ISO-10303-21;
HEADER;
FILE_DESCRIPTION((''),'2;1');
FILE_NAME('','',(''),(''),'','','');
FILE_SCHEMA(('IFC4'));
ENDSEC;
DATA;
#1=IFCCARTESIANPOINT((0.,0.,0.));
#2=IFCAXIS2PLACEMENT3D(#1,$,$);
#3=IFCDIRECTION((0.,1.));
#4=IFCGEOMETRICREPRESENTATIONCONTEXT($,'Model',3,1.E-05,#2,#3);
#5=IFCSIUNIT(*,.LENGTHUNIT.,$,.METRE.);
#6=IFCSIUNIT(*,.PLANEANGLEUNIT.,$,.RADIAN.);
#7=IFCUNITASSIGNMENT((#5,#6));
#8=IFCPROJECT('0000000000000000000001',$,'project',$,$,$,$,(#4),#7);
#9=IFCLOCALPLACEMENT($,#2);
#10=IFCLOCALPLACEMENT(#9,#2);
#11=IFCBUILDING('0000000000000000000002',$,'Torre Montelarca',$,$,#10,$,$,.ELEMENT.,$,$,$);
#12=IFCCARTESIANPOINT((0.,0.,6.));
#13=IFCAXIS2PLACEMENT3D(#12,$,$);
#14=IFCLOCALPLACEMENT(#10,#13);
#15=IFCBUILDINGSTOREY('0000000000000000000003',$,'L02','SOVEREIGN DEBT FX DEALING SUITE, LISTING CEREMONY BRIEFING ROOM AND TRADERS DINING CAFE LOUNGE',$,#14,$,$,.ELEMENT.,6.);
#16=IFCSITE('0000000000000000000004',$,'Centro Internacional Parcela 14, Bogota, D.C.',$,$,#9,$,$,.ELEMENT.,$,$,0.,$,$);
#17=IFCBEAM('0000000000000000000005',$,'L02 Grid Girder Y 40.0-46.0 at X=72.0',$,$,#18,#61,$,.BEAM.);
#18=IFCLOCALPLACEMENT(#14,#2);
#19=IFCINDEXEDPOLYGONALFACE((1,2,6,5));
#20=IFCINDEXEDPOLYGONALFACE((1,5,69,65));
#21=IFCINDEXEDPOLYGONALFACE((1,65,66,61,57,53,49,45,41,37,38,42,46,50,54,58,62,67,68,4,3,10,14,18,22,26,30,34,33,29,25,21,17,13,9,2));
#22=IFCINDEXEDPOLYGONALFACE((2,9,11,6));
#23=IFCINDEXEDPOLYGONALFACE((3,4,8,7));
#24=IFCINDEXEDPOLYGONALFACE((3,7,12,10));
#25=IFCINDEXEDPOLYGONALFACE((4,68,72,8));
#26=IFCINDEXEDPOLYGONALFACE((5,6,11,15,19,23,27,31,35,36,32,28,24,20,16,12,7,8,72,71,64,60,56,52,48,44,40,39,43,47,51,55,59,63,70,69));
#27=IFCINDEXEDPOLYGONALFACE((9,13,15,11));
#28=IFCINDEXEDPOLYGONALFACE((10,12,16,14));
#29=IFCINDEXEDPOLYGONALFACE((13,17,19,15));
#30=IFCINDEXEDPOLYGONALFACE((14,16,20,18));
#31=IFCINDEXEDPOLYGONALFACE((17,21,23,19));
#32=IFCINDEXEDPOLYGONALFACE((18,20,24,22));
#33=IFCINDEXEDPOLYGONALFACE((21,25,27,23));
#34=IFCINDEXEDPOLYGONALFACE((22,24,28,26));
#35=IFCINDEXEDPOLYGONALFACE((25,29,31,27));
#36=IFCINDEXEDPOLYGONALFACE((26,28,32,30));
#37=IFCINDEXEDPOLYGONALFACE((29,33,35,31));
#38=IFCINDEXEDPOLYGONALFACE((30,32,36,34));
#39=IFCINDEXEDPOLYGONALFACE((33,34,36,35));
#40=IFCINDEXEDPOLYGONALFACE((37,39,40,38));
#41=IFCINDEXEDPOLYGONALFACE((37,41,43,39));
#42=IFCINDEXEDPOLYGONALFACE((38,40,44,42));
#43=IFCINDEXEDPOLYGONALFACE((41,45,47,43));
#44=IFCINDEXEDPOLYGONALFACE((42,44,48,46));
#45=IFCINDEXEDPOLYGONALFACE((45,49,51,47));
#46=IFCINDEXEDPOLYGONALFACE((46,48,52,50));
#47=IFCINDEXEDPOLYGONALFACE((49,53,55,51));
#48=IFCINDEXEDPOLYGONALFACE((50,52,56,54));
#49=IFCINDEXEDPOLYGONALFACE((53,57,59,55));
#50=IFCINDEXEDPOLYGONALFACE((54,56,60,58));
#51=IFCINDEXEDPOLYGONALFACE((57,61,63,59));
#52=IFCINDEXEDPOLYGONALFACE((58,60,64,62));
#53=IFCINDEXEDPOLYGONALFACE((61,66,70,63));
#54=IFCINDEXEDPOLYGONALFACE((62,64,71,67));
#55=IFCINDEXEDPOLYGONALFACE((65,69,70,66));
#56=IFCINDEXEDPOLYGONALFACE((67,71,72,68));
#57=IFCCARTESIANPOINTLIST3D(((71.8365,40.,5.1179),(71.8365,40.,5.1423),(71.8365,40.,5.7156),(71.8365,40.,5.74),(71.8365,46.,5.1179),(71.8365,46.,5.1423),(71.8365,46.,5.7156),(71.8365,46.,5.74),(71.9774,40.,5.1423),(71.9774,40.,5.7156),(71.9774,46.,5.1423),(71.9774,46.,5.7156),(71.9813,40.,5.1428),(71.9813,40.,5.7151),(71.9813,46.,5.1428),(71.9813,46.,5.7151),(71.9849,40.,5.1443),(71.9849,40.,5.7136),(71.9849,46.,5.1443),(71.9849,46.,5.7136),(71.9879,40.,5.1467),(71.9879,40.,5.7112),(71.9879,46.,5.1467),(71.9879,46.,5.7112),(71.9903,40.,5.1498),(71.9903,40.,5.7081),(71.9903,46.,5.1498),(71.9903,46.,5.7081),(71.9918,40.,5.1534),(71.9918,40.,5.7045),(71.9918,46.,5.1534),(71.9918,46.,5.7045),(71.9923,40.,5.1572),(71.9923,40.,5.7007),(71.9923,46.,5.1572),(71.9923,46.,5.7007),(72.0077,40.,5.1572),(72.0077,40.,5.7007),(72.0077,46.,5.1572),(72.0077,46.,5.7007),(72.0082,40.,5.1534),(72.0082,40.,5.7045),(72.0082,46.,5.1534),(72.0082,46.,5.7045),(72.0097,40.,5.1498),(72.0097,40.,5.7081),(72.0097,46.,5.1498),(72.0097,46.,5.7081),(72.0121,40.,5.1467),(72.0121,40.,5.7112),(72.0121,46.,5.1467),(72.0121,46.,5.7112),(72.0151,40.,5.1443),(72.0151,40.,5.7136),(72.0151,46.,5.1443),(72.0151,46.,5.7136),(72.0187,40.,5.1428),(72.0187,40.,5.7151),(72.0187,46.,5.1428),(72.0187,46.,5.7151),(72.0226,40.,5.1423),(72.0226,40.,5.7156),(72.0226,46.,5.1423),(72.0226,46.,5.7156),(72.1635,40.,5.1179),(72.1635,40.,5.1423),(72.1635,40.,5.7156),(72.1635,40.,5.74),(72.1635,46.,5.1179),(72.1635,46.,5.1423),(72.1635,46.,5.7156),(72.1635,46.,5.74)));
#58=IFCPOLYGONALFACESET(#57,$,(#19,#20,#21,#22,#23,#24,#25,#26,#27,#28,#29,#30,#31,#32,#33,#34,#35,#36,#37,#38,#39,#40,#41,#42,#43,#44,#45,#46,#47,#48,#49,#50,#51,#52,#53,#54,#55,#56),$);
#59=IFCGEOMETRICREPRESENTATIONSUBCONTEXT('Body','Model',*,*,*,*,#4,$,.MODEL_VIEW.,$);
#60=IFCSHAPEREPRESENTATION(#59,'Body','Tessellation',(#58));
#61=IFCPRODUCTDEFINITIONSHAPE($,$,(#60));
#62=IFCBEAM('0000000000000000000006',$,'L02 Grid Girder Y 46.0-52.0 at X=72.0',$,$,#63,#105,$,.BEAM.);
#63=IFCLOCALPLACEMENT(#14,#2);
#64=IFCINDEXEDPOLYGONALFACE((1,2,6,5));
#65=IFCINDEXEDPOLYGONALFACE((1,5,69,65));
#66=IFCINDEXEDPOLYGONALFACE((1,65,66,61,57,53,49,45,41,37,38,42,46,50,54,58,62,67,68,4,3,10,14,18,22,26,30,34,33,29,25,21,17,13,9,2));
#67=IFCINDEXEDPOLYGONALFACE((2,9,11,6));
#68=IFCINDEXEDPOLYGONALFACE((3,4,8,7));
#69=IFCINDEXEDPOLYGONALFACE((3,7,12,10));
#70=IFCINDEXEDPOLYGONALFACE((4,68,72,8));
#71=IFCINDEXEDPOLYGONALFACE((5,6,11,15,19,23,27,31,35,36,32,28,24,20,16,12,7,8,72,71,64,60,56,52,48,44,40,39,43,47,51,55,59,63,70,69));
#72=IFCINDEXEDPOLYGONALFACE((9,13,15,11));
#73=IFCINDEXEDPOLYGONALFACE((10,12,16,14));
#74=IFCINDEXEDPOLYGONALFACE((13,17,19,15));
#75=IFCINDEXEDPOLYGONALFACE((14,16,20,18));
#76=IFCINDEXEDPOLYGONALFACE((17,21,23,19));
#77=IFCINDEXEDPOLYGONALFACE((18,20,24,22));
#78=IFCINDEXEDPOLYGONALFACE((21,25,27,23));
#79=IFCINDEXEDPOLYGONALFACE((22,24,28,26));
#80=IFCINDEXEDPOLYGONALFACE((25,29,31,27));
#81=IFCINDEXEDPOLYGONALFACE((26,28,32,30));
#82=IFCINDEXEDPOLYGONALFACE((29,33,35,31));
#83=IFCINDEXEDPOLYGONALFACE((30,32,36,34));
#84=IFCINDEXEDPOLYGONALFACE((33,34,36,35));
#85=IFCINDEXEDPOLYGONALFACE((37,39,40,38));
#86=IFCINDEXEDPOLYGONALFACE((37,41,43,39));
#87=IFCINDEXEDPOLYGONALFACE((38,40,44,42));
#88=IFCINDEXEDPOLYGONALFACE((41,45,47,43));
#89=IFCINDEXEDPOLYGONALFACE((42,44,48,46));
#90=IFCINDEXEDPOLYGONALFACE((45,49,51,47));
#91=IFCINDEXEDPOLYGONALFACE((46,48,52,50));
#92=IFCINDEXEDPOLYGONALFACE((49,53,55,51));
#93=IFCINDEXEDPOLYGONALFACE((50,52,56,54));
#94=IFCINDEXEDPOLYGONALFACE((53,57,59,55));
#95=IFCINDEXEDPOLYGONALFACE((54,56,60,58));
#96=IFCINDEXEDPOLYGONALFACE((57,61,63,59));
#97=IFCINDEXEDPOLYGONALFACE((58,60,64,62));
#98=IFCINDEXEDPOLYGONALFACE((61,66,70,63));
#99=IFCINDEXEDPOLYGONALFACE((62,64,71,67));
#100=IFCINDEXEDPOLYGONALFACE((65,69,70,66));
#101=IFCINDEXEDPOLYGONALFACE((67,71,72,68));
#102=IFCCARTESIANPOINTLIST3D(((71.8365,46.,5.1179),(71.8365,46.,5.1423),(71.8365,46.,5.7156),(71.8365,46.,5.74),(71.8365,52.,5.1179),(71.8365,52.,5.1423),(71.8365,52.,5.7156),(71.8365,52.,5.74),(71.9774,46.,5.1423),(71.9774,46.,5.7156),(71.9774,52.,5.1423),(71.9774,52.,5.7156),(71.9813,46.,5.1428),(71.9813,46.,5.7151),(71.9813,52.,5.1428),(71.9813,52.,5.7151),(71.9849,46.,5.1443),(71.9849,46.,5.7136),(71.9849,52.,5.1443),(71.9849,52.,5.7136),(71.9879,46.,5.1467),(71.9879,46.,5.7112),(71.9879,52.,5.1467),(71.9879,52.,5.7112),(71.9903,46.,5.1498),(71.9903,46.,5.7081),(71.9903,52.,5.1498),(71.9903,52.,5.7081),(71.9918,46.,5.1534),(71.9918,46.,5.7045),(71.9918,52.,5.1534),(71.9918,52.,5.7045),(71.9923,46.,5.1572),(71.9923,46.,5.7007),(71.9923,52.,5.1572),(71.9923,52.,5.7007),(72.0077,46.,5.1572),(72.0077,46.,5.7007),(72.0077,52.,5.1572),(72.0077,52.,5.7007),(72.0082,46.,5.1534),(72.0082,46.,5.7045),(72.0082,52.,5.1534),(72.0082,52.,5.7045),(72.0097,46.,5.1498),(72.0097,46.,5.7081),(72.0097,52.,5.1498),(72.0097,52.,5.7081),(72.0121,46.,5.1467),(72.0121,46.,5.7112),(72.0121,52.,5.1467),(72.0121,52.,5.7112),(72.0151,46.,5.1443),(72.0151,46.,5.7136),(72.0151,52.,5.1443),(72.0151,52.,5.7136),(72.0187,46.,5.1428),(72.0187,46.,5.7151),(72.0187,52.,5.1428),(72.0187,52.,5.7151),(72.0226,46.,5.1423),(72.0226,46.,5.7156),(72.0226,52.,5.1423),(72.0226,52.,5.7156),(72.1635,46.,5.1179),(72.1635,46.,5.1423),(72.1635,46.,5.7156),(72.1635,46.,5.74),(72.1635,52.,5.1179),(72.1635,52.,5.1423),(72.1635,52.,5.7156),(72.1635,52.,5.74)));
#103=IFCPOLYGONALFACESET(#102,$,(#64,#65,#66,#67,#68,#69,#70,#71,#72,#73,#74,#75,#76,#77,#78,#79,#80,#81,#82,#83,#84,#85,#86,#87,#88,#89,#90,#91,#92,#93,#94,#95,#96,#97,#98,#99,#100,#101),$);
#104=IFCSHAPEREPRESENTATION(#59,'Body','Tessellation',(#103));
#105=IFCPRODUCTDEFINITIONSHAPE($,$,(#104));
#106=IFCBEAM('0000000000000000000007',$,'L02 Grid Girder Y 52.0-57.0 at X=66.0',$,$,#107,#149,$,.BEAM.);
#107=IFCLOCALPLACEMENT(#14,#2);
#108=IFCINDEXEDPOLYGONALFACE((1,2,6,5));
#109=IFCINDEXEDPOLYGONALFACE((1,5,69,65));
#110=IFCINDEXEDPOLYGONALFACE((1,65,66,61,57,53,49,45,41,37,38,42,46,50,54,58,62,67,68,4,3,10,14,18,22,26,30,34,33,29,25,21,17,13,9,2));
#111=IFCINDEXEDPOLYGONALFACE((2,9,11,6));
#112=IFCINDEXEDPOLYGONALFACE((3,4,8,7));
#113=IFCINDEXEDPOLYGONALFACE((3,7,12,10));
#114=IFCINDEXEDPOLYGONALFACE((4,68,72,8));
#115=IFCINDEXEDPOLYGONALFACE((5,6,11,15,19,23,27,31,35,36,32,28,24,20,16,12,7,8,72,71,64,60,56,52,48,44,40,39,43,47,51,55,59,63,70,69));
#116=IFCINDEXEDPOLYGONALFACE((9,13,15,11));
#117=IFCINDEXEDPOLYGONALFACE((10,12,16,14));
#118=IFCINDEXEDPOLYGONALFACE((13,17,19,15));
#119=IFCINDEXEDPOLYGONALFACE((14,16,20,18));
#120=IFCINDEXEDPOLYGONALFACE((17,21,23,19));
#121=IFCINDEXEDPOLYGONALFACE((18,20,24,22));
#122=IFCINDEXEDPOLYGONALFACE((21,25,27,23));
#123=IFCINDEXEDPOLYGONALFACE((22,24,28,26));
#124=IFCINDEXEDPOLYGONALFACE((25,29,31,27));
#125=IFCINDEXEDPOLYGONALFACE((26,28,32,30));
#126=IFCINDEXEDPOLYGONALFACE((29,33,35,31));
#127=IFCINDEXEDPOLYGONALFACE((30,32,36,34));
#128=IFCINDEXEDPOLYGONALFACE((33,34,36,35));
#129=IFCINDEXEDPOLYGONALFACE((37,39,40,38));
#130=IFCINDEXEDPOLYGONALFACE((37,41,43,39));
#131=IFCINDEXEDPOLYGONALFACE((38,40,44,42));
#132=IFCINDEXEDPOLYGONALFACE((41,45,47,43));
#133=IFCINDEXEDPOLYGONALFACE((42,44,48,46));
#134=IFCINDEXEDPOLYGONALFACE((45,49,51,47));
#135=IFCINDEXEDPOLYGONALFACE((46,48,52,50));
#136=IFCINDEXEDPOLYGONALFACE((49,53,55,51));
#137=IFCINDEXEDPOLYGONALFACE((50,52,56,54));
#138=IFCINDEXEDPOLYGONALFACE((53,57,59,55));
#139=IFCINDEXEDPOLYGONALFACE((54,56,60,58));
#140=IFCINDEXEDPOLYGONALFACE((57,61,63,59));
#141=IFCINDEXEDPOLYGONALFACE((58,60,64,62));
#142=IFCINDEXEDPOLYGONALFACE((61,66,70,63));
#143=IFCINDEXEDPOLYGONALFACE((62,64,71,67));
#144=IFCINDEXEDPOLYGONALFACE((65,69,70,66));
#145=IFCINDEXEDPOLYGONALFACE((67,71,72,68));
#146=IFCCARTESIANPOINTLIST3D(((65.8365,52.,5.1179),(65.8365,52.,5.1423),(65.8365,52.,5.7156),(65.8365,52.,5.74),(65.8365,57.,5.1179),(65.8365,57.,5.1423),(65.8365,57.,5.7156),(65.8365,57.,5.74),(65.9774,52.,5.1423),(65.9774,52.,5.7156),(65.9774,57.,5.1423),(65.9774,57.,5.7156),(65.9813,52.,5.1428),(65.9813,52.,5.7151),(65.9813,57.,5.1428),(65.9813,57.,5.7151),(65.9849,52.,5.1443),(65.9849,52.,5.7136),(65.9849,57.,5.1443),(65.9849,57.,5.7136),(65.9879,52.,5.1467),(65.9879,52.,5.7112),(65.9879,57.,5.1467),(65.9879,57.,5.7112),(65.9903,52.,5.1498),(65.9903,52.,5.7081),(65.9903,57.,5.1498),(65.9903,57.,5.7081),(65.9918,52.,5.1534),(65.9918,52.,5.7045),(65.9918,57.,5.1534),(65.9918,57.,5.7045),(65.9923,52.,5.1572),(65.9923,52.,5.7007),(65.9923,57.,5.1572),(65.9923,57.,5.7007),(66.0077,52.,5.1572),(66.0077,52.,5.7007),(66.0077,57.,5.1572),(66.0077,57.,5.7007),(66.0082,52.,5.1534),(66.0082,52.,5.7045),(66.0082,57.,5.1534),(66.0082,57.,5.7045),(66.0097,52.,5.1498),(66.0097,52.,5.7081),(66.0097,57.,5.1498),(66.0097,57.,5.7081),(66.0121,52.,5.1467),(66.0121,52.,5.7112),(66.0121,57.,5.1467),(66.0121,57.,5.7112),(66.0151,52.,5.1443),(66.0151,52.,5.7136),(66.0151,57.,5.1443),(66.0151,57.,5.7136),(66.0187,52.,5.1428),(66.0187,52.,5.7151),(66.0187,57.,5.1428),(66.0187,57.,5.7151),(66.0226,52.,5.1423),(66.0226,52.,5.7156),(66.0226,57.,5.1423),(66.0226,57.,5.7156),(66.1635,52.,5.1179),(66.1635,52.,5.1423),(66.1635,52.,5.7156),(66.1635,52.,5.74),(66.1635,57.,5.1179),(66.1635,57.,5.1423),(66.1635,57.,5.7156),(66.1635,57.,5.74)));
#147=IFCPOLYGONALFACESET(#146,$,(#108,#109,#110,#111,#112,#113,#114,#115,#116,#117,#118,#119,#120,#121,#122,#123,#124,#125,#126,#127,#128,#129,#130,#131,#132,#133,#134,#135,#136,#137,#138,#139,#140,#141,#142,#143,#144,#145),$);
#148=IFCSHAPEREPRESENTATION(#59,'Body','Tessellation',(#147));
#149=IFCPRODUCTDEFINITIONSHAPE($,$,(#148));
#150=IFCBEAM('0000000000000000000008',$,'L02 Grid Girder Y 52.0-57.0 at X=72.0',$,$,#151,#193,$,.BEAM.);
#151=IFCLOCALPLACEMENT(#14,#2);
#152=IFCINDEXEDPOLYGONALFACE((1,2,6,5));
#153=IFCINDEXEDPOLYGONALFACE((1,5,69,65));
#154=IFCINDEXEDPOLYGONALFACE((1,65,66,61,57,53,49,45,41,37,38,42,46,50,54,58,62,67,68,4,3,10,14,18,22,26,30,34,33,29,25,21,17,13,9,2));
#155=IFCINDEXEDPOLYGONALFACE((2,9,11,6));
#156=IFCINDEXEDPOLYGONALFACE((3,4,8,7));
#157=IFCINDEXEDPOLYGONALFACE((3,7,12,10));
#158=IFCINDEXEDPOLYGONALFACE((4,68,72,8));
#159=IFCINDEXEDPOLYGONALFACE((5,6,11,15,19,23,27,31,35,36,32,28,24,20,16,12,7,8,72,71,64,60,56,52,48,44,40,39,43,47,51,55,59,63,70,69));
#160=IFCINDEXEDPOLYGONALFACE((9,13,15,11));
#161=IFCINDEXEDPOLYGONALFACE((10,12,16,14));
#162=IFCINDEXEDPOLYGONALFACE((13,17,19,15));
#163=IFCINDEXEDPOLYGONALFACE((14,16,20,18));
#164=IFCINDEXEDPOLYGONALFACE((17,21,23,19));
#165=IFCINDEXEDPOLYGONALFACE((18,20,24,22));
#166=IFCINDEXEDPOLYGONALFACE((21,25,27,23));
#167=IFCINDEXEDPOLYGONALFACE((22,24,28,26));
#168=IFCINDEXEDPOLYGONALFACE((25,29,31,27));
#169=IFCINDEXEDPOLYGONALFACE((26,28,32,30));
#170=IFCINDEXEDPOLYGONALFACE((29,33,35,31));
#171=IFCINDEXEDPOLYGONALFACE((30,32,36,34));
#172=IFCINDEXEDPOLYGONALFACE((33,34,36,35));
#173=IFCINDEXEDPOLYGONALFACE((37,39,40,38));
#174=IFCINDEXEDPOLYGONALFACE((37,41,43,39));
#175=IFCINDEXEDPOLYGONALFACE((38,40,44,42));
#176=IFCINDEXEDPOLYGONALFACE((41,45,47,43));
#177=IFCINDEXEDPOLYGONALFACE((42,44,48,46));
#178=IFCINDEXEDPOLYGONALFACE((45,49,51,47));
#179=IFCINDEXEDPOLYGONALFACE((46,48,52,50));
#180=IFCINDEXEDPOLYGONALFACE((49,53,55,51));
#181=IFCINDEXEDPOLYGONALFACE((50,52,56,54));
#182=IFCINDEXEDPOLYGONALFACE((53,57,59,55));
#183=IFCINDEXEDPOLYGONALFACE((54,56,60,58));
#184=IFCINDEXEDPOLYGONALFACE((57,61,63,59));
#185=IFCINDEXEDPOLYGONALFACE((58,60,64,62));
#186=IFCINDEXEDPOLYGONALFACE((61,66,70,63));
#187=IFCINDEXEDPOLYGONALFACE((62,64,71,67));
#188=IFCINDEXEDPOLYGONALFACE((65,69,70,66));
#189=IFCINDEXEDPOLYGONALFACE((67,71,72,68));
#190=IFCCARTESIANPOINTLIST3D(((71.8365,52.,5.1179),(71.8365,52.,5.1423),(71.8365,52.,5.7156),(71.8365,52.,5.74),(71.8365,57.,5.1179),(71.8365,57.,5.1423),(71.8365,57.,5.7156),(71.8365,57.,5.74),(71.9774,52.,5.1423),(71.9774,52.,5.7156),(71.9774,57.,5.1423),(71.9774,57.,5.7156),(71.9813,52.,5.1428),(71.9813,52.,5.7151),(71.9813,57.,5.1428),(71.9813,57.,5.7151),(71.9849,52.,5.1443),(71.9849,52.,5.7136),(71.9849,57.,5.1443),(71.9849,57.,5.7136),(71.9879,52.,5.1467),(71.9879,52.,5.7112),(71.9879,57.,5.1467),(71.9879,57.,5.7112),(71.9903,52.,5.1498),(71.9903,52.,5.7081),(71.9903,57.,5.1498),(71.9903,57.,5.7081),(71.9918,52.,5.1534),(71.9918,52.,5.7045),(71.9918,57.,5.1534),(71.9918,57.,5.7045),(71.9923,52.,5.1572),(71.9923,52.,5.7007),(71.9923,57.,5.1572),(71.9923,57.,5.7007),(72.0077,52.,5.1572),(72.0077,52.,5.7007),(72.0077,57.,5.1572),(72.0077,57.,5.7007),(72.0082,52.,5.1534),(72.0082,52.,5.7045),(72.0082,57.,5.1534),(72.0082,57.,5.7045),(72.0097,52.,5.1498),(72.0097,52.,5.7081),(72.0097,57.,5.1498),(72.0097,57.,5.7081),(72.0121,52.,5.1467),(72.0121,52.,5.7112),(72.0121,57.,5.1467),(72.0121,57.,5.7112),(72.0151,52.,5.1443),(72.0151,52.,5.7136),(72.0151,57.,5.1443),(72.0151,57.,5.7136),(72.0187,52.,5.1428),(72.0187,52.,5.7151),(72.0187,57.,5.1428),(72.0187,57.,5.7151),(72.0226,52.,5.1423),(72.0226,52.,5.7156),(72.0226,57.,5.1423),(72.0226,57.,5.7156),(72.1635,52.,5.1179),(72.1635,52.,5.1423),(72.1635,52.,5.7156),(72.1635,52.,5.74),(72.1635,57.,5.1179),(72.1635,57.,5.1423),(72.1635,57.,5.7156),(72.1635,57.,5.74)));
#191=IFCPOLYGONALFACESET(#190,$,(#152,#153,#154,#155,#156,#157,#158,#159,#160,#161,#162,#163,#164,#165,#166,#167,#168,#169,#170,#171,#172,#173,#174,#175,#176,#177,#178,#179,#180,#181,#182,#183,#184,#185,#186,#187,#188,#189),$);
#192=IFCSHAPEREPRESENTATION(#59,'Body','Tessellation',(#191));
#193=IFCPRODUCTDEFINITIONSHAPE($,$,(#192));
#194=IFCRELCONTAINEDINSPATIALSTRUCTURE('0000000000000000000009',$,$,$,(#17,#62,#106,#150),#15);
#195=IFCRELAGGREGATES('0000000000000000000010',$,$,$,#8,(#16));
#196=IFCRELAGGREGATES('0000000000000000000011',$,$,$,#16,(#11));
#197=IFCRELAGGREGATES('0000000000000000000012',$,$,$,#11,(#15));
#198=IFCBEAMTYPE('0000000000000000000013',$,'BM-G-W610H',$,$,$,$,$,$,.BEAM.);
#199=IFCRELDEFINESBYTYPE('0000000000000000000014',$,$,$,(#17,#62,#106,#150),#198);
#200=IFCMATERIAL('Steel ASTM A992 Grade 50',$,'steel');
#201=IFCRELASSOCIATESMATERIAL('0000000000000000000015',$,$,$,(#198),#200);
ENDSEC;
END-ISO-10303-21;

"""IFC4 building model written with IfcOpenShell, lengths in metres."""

from ifc_helpers import new_model, si_unit, direction, frame, origin, origin_2d, place, context, subcontext, project, spatial, i_section, extrude, source, transform, mapped, material, material_profile, profile_set, type_object, element, save


model = new_model("IFC4")

# Units and contexts
model_context = context("Model", 3, precision=1e-05, world=origin(), true_north=direction((0.0, 1.0)))
body_context = subcontext(model_context, "Body", "Model", "MODEL_VIEW")
ifc_project = project(units=[si_unit("LENGTHUNIT", "METRE"), si_unit("PLANEANGLEUNIT", "RADIAN")], contexts=[model_context])

# Site, building, storey
site_placement = place(None, origin())
site = spatial("IfcSite", under=ifc_project, at=site_placement, Name="Centro Internacional Parcela 14, Bogota, D.C.", CompositionType="ELEMENT", RefElevation=0.0)
building_placement = place(site_placement, origin())
building = spatial("IfcBuilding", under=site, at=building_placement, Name="Torre Montelarca", CompositionType="ELEMENT")
storey_placement = place(building_placement, frame((0.0, 0.0, 6.0)))
storey = spatial("IfcBuildingStorey", under=building, at=storey_placement, Name="L02", Description="SOVEREIGN DEBT FX DEALING SUITE, LISTING CEREMONY BRIEFING ROOM AND TRADERS DINING CAFE LOUNGE", CompositionType="ELEMENT", Elevation=6.0)

# Shared definitions
ifc_material_1 = material(Name="Steel ASTM A992 Grade 50", Category="steel")

# Beams
ifc_material_profile_1 = material_profile(ifc_material_1, i_section(OverallWidth=0.3269, OverallDepth=0.6221, WebThickness=0.0154, FlangeThickness=0.0244, FilletRadius=0.0149, at=origin_2d()), Name="W610X195", Category="steel")
ifc_profile_set_1 = profile_set([ifc_material_profile_1], Name="Steel ASTM A992 Grade 50")
beam_type_1 = type_object("IfcBeamType", Name="BM-G-W610H", PredefinedType="BEAM", material=ifc_profile_set_1)
shared_shape_1 = source(origin(), body_context, "Body", "SweptSolid", [
    extrude(i_section(OverallWidth=0.3269, OverallDepth=0.6221, WebThickness=0.0154, FlangeThickness=0.0244, FilletRadius=0.0149, at=origin_2d()), origin(), (0.0, 0.0, 1.0), 6.0),
])
for number, where, z_axis, x_axis, name in (
    (1, (72.0, 40.0, 5.429), (0.0, 1.0, 0.0), (-1.0, 0.0, 0.0), "L02 Grid Girder Y 40.0-46.0 at X=72.0"),
    (2, (72.0, 46.0, 5.429), (0.0, 1.0, 0.0), (-1.0, 0.0, 0.0), "L02 Grid Girder Y 46.0-52.0 at X=72.0"),
):
    element("IfcBeam", number, at=place(storey_placement, frame(where, z_axis=z_axis, x_axis=x_axis)), inside=storey, type_object=beam_type_1, Name=name, PredefinedType="BEAM", context=body_context, shape_type="MappedRepresentation", body=[
        mapped(shared_shape_1, transform((0.0, 0.0, 0.0), scale=1.0)),
    ])
shared_shape_2 = source(origin(), body_context, "Body", "SweptSolid", [
    extrude(i_section(OverallWidth=0.3269, OverallDepth=0.6221, WebThickness=0.0154, FlangeThickness=0.0244, FilletRadius=0.0149, at=origin_2d()), origin(), (0.0, 0.0, 1.0), 5.0),
])
for number, where, z_axis, x_axis, name in (
    (3, (66.0, 52.0, 5.429), (0.0, 1.0, 0.0), (-1.0, 0.0, 0.0), "L02 Grid Girder Y 52.0-57.0 at X=66.0"),
    (4, (72.0, 52.0, 5.429), (0.0, 1.0, 0.0), (-1.0, 0.0, 0.0), "L02 Grid Girder Y 52.0-57.0 at X=72.0"),
):
    element("IfcBeam", number, at=place(storey_placement, frame(where, z_axis=z_axis, x_axis=x_axis)), inside=storey, type_object=beam_type_1, Name=name, PredefinedType="BEAM", context=body_context, shape_type="MappedRepresentation", body=[
        mapped(shared_shape_2, transform((0.0, 0.0, 0.0), scale=1.0)),
    ])

save(model, "model.ifc")
